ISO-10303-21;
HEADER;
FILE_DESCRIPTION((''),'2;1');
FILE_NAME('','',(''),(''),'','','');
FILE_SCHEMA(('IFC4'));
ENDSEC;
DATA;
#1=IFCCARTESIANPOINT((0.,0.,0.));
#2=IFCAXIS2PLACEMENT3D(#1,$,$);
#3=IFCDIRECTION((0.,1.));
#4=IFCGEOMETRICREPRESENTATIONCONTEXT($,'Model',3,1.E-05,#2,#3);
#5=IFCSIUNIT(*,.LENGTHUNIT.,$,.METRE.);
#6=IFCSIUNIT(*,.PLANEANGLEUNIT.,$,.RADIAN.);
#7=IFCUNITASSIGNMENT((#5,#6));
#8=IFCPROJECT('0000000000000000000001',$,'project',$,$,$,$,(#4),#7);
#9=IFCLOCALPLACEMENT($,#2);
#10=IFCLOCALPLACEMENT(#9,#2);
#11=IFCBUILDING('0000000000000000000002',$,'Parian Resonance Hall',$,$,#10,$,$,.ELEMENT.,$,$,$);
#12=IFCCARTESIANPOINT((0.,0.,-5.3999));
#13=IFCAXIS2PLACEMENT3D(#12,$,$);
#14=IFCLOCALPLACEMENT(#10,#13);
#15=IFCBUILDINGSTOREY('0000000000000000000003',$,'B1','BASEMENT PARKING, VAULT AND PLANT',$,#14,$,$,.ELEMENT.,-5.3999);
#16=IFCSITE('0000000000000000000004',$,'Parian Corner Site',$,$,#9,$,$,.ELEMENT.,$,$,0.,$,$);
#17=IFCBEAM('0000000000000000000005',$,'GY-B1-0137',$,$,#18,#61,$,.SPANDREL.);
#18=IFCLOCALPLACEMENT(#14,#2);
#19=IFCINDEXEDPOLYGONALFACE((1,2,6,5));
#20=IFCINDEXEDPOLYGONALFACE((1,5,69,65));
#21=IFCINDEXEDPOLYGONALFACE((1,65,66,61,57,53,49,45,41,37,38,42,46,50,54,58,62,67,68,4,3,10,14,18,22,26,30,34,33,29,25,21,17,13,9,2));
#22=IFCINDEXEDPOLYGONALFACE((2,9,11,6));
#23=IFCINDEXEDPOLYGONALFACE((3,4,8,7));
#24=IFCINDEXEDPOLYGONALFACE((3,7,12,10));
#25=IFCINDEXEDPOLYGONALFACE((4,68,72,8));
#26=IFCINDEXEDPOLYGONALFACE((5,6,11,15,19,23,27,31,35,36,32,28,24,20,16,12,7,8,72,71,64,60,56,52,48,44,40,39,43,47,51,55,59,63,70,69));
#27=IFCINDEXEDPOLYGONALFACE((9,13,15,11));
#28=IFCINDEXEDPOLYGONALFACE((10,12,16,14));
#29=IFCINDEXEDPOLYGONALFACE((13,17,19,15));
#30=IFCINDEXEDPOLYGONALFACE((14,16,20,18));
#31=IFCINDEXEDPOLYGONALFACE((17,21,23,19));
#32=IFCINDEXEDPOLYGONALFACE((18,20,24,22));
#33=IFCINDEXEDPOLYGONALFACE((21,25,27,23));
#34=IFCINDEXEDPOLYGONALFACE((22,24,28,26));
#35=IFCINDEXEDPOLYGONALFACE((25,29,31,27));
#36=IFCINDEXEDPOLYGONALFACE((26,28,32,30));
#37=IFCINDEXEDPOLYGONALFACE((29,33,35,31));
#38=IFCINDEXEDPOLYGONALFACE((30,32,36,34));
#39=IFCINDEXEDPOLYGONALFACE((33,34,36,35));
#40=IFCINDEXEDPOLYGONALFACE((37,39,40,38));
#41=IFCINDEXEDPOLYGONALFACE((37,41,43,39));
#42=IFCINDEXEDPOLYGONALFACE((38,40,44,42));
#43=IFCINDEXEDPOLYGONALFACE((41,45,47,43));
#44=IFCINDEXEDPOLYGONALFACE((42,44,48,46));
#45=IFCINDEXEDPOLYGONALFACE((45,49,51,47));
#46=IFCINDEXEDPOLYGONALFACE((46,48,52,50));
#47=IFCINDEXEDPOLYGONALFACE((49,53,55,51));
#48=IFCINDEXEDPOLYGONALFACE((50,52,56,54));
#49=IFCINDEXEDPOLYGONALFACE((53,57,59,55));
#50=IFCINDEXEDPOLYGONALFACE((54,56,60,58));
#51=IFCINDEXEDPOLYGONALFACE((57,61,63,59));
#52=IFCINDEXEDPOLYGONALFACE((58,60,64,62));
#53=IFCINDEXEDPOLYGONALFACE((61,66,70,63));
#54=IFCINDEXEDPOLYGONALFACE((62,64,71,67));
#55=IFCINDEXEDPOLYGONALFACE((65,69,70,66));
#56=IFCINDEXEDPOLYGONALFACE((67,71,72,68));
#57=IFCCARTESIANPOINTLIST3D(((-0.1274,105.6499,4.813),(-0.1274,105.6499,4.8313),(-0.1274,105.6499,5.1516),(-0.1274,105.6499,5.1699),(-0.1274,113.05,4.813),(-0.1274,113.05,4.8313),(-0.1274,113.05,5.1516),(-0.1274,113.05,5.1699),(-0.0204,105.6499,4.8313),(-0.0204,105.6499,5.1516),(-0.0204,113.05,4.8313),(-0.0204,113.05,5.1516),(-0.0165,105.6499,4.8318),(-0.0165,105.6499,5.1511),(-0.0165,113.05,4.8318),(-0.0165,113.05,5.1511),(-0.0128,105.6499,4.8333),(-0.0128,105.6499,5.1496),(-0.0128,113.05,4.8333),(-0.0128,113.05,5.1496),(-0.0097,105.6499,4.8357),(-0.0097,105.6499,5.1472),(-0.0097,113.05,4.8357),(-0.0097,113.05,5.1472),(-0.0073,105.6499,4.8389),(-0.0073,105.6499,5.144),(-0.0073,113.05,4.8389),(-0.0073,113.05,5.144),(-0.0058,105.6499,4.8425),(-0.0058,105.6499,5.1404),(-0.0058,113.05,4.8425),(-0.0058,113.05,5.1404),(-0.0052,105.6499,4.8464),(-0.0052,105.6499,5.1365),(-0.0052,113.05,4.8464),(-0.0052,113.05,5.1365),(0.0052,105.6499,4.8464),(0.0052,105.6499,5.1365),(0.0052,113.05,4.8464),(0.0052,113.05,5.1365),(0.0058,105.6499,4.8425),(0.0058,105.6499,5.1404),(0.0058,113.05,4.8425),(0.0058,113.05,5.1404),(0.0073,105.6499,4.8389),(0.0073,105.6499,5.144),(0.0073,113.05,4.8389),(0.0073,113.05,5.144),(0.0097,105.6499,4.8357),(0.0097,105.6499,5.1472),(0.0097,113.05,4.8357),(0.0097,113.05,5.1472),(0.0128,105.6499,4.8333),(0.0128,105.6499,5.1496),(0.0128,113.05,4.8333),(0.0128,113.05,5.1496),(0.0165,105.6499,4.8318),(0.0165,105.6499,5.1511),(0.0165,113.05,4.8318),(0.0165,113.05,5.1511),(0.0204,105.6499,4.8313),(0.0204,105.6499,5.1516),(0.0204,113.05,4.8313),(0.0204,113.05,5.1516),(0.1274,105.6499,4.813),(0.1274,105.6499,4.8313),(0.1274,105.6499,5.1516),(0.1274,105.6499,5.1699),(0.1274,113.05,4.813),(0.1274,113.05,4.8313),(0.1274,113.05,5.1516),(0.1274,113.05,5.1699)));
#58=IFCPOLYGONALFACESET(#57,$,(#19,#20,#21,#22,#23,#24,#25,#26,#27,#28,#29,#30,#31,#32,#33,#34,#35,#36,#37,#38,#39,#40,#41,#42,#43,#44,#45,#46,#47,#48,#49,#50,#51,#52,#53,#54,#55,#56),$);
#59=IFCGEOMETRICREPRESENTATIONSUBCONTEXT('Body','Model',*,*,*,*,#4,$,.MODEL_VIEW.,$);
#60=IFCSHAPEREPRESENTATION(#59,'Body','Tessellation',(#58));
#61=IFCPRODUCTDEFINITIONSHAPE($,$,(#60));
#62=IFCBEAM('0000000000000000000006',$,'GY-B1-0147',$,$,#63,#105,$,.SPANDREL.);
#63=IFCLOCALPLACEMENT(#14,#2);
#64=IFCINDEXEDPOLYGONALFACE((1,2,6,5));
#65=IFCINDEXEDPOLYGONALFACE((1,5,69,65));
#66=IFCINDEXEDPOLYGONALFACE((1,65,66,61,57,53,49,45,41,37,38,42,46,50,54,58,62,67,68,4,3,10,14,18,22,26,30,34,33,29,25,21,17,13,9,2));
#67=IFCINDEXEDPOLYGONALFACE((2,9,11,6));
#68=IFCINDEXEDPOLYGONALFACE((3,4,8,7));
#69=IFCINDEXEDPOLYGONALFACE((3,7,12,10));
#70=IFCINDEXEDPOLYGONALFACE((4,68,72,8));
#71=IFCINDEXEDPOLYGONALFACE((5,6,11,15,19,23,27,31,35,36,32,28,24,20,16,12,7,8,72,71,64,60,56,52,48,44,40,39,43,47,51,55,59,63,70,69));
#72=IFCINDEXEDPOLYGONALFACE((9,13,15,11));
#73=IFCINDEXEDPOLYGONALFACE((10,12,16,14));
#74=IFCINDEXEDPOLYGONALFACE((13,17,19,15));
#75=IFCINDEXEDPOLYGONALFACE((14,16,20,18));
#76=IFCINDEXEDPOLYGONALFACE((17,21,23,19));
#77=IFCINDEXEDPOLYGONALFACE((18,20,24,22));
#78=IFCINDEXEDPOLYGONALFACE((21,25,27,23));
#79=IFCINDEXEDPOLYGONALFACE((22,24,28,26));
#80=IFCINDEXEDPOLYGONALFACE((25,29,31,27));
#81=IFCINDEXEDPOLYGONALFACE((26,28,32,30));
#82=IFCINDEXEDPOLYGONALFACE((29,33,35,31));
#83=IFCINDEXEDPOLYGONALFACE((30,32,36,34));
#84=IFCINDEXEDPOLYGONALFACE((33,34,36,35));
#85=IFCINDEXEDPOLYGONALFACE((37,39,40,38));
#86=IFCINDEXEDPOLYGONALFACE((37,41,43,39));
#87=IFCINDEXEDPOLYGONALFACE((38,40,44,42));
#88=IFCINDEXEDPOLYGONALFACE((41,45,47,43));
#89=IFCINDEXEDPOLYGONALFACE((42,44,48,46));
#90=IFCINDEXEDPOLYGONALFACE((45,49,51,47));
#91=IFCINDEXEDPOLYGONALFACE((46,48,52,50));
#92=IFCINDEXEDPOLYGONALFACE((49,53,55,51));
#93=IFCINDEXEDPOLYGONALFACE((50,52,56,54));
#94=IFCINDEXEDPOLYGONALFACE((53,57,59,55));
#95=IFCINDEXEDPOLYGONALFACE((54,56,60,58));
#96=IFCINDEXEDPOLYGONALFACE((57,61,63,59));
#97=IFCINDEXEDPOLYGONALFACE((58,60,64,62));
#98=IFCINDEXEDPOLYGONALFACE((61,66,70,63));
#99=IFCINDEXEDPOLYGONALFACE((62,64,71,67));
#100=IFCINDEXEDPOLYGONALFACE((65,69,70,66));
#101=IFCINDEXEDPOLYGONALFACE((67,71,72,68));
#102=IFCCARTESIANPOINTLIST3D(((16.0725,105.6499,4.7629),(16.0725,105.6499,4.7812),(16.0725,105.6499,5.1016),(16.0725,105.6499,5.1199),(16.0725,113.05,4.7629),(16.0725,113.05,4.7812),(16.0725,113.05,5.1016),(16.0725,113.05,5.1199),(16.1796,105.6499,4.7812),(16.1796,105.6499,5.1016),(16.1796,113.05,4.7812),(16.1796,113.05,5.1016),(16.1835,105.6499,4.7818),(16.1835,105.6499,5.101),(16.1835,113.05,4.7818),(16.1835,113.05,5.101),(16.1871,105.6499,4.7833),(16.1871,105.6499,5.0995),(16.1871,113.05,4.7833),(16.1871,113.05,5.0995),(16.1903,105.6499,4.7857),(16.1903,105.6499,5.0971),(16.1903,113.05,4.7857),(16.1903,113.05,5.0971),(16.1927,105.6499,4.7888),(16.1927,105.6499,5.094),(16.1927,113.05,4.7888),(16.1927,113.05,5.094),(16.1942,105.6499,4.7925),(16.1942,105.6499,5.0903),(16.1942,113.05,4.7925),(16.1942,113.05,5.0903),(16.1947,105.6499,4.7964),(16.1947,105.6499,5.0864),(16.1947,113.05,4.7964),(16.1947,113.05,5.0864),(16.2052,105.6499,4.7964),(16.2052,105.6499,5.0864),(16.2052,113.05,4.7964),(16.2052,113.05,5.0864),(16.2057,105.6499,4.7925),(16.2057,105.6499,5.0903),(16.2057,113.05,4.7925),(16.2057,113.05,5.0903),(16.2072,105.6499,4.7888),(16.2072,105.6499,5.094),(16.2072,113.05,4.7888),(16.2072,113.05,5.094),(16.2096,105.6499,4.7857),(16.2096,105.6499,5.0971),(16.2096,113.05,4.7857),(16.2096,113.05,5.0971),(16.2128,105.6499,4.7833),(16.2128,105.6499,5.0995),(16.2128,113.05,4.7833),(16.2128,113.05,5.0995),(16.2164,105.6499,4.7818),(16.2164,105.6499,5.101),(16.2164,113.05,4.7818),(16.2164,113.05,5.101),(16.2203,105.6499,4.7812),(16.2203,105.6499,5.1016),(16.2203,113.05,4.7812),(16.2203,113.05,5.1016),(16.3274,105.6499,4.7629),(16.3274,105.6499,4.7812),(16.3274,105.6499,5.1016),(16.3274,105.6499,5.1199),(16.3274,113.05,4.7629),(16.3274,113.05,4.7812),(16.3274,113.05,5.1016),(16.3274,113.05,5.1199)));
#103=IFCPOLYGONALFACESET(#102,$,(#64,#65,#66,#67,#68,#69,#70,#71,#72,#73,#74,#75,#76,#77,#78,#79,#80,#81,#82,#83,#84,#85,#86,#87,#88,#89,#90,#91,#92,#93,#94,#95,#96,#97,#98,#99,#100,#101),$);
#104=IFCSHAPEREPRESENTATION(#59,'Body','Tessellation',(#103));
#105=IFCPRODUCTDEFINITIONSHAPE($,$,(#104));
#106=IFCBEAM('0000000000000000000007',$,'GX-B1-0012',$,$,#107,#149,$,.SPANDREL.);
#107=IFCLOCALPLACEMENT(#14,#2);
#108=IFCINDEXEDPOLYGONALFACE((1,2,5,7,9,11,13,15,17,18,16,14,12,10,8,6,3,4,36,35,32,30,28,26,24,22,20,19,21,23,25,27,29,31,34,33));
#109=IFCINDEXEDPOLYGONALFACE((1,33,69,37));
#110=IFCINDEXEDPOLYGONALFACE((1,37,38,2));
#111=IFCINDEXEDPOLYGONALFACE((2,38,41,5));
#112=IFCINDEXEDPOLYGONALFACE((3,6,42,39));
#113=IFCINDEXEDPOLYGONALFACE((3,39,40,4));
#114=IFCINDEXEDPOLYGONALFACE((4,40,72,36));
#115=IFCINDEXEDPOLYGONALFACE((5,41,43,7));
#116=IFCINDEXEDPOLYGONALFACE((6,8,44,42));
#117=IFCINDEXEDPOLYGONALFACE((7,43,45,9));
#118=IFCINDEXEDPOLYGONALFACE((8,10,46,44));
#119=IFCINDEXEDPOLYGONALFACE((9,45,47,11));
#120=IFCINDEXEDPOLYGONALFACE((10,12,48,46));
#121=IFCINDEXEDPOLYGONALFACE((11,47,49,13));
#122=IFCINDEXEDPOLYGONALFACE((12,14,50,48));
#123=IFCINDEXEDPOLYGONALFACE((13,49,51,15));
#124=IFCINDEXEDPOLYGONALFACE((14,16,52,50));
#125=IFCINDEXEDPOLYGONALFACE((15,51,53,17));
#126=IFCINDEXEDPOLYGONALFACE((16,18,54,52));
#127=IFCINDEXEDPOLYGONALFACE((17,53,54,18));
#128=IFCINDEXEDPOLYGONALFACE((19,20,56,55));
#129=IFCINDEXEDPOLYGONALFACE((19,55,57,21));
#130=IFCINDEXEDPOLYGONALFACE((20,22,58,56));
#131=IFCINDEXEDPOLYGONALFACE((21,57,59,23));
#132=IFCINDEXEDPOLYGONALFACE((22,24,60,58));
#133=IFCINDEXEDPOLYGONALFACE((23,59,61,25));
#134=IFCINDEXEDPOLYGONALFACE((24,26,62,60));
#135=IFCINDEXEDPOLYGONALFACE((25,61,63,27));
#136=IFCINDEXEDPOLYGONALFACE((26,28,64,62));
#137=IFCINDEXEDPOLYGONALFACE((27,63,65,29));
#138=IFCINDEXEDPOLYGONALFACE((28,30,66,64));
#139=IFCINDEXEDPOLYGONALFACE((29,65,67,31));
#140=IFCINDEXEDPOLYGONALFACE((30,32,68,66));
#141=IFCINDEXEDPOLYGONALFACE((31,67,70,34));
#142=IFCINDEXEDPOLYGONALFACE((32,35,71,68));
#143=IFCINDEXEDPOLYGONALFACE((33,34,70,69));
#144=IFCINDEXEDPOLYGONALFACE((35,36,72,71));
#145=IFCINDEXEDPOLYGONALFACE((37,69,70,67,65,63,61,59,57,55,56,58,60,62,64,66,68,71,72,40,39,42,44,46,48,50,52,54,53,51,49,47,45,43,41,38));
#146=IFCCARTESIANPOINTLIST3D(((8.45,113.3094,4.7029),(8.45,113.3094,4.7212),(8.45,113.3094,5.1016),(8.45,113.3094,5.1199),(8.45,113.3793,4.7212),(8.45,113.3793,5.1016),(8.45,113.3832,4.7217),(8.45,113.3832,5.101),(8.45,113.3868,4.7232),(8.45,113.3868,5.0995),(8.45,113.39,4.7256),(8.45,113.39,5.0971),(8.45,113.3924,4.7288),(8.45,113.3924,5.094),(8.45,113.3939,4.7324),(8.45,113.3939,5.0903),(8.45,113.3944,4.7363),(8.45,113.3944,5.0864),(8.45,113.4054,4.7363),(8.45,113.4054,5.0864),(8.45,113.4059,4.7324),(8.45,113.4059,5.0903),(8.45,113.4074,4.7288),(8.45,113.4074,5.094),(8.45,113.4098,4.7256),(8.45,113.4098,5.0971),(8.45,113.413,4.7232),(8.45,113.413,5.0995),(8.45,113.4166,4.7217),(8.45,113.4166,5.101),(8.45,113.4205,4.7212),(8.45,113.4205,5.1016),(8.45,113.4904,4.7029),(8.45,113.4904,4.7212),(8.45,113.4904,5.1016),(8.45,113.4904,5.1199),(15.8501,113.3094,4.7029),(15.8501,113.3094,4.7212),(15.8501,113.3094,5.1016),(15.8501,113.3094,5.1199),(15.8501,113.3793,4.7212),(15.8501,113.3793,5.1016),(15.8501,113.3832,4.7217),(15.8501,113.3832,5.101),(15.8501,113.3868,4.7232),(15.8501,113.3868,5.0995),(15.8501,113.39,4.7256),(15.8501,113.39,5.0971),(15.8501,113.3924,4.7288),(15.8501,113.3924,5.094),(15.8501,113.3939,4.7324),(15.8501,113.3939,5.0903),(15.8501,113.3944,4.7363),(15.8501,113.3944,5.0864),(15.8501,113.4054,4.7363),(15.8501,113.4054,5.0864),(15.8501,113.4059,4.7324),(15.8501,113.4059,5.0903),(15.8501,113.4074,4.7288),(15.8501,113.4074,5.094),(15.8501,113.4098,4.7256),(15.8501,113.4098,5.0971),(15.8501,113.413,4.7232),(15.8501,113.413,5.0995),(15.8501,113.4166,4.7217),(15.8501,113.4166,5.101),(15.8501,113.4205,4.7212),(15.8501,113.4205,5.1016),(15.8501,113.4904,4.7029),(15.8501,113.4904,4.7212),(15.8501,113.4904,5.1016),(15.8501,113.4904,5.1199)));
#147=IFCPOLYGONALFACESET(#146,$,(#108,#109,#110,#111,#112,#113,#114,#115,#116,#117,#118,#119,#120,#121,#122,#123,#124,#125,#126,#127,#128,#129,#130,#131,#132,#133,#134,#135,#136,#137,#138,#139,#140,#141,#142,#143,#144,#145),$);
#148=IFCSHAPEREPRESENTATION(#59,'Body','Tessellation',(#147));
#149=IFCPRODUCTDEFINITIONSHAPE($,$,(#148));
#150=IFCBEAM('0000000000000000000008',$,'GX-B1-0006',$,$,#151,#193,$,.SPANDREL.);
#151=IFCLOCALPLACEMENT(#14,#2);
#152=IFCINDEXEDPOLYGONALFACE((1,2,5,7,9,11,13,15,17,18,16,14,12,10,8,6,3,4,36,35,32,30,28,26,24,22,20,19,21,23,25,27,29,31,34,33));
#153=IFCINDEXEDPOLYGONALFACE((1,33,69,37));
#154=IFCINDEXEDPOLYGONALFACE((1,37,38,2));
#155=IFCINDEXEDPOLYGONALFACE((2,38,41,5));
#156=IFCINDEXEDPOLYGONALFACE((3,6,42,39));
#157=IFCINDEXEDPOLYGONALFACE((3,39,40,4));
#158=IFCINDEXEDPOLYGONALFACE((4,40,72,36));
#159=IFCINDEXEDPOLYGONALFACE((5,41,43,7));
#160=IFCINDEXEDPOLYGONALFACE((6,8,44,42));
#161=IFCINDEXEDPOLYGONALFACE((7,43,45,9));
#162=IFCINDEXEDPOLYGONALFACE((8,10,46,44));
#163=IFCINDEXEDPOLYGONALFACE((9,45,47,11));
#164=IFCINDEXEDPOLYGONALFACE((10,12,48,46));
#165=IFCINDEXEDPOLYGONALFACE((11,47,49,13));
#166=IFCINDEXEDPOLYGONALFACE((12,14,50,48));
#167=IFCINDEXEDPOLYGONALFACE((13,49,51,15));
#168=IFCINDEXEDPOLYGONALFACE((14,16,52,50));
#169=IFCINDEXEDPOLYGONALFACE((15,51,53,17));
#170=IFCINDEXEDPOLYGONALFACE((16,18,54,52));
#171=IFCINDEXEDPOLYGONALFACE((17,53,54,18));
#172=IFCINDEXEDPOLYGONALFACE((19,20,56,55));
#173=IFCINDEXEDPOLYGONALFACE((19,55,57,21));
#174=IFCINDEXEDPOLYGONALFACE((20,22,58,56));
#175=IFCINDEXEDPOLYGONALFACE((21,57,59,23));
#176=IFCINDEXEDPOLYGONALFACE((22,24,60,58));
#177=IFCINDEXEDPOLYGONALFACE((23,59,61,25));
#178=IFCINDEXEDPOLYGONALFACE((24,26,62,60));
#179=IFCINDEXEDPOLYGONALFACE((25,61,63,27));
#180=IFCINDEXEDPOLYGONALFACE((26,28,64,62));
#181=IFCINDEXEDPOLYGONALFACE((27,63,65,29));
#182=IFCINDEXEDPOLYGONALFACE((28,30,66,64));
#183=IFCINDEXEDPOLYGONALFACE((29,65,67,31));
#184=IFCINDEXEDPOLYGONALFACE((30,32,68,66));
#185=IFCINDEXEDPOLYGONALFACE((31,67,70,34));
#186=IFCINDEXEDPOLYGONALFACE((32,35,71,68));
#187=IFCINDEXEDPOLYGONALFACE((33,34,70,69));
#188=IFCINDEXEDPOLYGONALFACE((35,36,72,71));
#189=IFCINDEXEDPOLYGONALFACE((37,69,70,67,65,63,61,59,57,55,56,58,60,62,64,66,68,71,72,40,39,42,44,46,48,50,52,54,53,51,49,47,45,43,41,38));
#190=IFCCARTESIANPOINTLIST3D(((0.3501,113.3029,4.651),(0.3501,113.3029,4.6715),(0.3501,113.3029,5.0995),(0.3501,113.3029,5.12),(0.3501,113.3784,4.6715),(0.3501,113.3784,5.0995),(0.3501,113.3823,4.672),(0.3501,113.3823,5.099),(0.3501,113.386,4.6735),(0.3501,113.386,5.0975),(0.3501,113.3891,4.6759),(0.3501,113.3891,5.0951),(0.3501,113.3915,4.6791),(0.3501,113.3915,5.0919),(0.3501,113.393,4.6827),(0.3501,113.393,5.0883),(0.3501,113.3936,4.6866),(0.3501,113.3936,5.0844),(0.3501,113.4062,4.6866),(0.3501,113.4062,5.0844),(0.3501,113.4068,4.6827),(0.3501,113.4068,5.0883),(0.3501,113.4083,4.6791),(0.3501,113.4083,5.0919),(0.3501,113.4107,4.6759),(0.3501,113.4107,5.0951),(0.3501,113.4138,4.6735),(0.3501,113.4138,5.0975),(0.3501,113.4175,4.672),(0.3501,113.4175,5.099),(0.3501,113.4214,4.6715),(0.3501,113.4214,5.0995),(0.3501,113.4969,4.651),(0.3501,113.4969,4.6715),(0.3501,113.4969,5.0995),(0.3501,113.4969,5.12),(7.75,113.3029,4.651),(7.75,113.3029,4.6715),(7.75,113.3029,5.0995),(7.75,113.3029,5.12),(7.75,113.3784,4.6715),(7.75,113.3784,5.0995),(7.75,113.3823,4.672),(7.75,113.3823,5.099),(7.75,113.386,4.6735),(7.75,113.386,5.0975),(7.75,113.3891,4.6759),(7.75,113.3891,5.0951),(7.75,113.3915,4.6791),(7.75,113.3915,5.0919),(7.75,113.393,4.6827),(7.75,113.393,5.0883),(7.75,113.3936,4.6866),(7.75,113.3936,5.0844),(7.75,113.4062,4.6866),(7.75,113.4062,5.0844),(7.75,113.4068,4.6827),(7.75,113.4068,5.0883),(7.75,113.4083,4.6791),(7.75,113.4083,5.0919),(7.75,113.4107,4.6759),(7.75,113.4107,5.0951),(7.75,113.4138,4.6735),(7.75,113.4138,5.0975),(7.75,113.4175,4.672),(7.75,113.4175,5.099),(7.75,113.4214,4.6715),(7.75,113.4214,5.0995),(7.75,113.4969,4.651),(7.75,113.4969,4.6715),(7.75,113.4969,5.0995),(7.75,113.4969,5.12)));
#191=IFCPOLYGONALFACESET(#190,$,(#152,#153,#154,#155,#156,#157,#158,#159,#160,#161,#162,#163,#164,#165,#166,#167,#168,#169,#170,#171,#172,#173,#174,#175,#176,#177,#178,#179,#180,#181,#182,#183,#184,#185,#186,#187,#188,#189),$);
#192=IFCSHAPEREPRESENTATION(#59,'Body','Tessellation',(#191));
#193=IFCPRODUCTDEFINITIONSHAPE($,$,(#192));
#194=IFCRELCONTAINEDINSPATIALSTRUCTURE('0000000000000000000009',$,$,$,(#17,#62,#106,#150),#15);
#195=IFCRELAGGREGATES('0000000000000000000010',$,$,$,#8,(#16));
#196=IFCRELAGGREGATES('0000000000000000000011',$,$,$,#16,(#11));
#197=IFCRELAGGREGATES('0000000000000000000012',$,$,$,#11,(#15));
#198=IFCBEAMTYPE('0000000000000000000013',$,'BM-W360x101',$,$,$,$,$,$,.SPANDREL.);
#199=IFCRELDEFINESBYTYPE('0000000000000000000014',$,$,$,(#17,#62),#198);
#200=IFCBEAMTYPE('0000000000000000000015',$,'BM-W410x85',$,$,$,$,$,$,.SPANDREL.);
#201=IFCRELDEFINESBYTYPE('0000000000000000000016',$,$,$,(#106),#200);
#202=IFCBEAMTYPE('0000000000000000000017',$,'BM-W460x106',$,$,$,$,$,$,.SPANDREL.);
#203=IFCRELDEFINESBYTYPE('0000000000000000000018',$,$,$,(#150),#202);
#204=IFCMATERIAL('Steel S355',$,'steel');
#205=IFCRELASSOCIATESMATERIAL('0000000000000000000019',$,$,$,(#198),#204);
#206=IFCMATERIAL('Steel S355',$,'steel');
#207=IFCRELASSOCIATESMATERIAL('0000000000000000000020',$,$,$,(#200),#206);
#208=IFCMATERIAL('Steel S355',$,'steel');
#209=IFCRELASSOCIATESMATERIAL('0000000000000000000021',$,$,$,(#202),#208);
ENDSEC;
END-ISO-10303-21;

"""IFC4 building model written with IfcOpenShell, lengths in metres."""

from ifc_helpers import new_model, si_unit, direction, frame, origin, origin_2d, place, context, subcontext, project, spatial, i_section, extrude, material, material_profile, profile_set, type_object, element, save


model = new_model("IFC4")

# Units and contexts
model_context = context("Model", 3, precision=1e-05, world=origin(), true_north=direction((0.0, 1.0)))
body_context = subcontext(model_context, "Body", "Model", "MODEL_VIEW")
ifc_project = project(units=[si_unit("LENGTHUNIT", "METRE"), si_unit("PLANEANGLEUNIT", "RADIAN")], contexts=[model_context])

# Site, building, storey
site_placement = place(None, origin())
site = spatial("IfcSite", under=ifc_project, at=site_placement, Name="Parian Corner Site", CompositionType="ELEMENT", RefElevation=0.0)
building_placement = place(site_placement, origin())
building = spatial("IfcBuilding", under=site, at=building_placement, Name="Parian Resonance Hall", CompositionType="ELEMENT")
storey_placement = place(building_placement, frame((0.0, 0.0, -5.3999)))
storey = spatial("IfcBuildingStorey", under=building, at=storey_placement, Name="B1", Description="BASEMENT PARKING, VAULT AND PLANT", CompositionType="ELEMENT", Elevation=-5.3999)

# Beams
ifc_material_1 = material(Name="Steel S355", Category="steel")
ifc_material_profile_1 = material_profile(ifc_material_1, i_section(OverallWidth=0.2549, OverallDepth=0.3569, WebThickness=0.0105, FlangeThickness=0.0183, FilletRadius=0.0151, at=origin_2d()), Name="W360x101")
ifc_profile_set_1 = profile_set([ifc_material_profile_1], Name="Steel S355")
beam_type_1 = type_object("IfcBeamType", Name="BM-W360x101", PredefinedType="SPANDREL", material=ifc_profile_set_1)
for number, where, z_axis, x_axis, name in (
    (1, (0.0, 105.6499, 4.9915), (0.0, 1.0, 0.0), (-1.0, 0.0, 0.0), "GY-B1-0137"),
    (2, (16.2, 105.6499, 4.9414), (0.0, 1.0, 0.0), (-1.0, 0.0, 0.0), "GY-B1-0147"),
):
    element("IfcBeam", number, at=place(storey_placement, frame(where, z_axis=z_axis, x_axis=x_axis)), inside=storey, type_object=beam_type_1, Name=name, PredefinedType="SPANDREL", context=body_context, shape_type="SweptSolid", body=[
        extrude(i_section(OverallWidth=0.2549, OverallDepth=0.3569, WebThickness=0.0105, FlangeThickness=0.0183, FilletRadius=0.0151, at=origin_2d()), origin(), (0.0, 0.0, 1.0), 7.4001),
    ])
ifc_material_2 = material(Name="Steel S355", Category="steel")
ifc_material_profile_2 = material_profile(ifc_material_2, i_section(OverallWidth=0.1809, OverallDepth=0.417, WebThickness=0.011, FlangeThickness=0.0183, FilletRadius=0.0151, at=origin_2d()), Name="W410x85")
ifc_profile_set_2 = profile_set([ifc_material_profile_2], Name="Steel S355")
beam_type_2 = type_object("IfcBeamType", Name="BM-W410x85", PredefinedType="SPANDREL", material=ifc_profile_set_2)
beam_1_placement = place(storey_placement, frame((8.45, 113.3999, 4.9114), z_axis=(1.0, 0.0, 0.0), x_axis=(0.0, 1.0, 0.0)))
element("IfcBeam", 3, at=beam_1_placement, inside=storey, type_object=beam_type_2, Name="GX-B1-0012", PredefinedType="SPANDREL", context=body_context, shape_type="SweptSolid", body=[
    extrude(i_section(OverallWidth=0.1809, OverallDepth=0.417, WebThickness=0.011, FlangeThickness=0.0183, FilletRadius=0.0151, at=origin_2d()), origin(), (0.0, 0.0, 1.0), 7.4001),
])
ifc_material_3 = material(Name="Steel S355", Category="steel")
ifc_material_profile_3 = material_profile(ifc_material_3, i_section(OverallWidth=0.1941, OverallDepth=0.469, WebThickness=0.0127, FlangeThickness=0.0205, FilletRadius=0.0151, at=origin_2d()), Name="W460x106")
ifc_profile_set_3 = profile_set([ifc_material_profile_3], Name="Steel S355")
beam_type_3 = type_object("IfcBeamType", Name="BM-W460x106", PredefinedType="SPANDREL", material=ifc_profile_set_3)
beam_2_placement = place(storey_placement, frame((0.3501, 113.3999, 4.8855), z_axis=(1.0, 0.0, 0.0), x_axis=(0.0, 1.0, 0.0)))
element("IfcBeam", 4, at=beam_2_placement, inside=storey, type_object=beam_type_3, Name="GX-B1-0006", PredefinedType="SPANDREL", context=body_context, shape_type="SweptSolid", body=[
    extrude(i_section(OverallWidth=0.1941, OverallDepth=0.469, WebThickness=0.0127, FlangeThickness=0.0205, FilletRadius=0.0151, at=origin_2d()), origin(), (0.0, 0.0, 1.0), 7.3999),
])

save(model, "model.ifc")
